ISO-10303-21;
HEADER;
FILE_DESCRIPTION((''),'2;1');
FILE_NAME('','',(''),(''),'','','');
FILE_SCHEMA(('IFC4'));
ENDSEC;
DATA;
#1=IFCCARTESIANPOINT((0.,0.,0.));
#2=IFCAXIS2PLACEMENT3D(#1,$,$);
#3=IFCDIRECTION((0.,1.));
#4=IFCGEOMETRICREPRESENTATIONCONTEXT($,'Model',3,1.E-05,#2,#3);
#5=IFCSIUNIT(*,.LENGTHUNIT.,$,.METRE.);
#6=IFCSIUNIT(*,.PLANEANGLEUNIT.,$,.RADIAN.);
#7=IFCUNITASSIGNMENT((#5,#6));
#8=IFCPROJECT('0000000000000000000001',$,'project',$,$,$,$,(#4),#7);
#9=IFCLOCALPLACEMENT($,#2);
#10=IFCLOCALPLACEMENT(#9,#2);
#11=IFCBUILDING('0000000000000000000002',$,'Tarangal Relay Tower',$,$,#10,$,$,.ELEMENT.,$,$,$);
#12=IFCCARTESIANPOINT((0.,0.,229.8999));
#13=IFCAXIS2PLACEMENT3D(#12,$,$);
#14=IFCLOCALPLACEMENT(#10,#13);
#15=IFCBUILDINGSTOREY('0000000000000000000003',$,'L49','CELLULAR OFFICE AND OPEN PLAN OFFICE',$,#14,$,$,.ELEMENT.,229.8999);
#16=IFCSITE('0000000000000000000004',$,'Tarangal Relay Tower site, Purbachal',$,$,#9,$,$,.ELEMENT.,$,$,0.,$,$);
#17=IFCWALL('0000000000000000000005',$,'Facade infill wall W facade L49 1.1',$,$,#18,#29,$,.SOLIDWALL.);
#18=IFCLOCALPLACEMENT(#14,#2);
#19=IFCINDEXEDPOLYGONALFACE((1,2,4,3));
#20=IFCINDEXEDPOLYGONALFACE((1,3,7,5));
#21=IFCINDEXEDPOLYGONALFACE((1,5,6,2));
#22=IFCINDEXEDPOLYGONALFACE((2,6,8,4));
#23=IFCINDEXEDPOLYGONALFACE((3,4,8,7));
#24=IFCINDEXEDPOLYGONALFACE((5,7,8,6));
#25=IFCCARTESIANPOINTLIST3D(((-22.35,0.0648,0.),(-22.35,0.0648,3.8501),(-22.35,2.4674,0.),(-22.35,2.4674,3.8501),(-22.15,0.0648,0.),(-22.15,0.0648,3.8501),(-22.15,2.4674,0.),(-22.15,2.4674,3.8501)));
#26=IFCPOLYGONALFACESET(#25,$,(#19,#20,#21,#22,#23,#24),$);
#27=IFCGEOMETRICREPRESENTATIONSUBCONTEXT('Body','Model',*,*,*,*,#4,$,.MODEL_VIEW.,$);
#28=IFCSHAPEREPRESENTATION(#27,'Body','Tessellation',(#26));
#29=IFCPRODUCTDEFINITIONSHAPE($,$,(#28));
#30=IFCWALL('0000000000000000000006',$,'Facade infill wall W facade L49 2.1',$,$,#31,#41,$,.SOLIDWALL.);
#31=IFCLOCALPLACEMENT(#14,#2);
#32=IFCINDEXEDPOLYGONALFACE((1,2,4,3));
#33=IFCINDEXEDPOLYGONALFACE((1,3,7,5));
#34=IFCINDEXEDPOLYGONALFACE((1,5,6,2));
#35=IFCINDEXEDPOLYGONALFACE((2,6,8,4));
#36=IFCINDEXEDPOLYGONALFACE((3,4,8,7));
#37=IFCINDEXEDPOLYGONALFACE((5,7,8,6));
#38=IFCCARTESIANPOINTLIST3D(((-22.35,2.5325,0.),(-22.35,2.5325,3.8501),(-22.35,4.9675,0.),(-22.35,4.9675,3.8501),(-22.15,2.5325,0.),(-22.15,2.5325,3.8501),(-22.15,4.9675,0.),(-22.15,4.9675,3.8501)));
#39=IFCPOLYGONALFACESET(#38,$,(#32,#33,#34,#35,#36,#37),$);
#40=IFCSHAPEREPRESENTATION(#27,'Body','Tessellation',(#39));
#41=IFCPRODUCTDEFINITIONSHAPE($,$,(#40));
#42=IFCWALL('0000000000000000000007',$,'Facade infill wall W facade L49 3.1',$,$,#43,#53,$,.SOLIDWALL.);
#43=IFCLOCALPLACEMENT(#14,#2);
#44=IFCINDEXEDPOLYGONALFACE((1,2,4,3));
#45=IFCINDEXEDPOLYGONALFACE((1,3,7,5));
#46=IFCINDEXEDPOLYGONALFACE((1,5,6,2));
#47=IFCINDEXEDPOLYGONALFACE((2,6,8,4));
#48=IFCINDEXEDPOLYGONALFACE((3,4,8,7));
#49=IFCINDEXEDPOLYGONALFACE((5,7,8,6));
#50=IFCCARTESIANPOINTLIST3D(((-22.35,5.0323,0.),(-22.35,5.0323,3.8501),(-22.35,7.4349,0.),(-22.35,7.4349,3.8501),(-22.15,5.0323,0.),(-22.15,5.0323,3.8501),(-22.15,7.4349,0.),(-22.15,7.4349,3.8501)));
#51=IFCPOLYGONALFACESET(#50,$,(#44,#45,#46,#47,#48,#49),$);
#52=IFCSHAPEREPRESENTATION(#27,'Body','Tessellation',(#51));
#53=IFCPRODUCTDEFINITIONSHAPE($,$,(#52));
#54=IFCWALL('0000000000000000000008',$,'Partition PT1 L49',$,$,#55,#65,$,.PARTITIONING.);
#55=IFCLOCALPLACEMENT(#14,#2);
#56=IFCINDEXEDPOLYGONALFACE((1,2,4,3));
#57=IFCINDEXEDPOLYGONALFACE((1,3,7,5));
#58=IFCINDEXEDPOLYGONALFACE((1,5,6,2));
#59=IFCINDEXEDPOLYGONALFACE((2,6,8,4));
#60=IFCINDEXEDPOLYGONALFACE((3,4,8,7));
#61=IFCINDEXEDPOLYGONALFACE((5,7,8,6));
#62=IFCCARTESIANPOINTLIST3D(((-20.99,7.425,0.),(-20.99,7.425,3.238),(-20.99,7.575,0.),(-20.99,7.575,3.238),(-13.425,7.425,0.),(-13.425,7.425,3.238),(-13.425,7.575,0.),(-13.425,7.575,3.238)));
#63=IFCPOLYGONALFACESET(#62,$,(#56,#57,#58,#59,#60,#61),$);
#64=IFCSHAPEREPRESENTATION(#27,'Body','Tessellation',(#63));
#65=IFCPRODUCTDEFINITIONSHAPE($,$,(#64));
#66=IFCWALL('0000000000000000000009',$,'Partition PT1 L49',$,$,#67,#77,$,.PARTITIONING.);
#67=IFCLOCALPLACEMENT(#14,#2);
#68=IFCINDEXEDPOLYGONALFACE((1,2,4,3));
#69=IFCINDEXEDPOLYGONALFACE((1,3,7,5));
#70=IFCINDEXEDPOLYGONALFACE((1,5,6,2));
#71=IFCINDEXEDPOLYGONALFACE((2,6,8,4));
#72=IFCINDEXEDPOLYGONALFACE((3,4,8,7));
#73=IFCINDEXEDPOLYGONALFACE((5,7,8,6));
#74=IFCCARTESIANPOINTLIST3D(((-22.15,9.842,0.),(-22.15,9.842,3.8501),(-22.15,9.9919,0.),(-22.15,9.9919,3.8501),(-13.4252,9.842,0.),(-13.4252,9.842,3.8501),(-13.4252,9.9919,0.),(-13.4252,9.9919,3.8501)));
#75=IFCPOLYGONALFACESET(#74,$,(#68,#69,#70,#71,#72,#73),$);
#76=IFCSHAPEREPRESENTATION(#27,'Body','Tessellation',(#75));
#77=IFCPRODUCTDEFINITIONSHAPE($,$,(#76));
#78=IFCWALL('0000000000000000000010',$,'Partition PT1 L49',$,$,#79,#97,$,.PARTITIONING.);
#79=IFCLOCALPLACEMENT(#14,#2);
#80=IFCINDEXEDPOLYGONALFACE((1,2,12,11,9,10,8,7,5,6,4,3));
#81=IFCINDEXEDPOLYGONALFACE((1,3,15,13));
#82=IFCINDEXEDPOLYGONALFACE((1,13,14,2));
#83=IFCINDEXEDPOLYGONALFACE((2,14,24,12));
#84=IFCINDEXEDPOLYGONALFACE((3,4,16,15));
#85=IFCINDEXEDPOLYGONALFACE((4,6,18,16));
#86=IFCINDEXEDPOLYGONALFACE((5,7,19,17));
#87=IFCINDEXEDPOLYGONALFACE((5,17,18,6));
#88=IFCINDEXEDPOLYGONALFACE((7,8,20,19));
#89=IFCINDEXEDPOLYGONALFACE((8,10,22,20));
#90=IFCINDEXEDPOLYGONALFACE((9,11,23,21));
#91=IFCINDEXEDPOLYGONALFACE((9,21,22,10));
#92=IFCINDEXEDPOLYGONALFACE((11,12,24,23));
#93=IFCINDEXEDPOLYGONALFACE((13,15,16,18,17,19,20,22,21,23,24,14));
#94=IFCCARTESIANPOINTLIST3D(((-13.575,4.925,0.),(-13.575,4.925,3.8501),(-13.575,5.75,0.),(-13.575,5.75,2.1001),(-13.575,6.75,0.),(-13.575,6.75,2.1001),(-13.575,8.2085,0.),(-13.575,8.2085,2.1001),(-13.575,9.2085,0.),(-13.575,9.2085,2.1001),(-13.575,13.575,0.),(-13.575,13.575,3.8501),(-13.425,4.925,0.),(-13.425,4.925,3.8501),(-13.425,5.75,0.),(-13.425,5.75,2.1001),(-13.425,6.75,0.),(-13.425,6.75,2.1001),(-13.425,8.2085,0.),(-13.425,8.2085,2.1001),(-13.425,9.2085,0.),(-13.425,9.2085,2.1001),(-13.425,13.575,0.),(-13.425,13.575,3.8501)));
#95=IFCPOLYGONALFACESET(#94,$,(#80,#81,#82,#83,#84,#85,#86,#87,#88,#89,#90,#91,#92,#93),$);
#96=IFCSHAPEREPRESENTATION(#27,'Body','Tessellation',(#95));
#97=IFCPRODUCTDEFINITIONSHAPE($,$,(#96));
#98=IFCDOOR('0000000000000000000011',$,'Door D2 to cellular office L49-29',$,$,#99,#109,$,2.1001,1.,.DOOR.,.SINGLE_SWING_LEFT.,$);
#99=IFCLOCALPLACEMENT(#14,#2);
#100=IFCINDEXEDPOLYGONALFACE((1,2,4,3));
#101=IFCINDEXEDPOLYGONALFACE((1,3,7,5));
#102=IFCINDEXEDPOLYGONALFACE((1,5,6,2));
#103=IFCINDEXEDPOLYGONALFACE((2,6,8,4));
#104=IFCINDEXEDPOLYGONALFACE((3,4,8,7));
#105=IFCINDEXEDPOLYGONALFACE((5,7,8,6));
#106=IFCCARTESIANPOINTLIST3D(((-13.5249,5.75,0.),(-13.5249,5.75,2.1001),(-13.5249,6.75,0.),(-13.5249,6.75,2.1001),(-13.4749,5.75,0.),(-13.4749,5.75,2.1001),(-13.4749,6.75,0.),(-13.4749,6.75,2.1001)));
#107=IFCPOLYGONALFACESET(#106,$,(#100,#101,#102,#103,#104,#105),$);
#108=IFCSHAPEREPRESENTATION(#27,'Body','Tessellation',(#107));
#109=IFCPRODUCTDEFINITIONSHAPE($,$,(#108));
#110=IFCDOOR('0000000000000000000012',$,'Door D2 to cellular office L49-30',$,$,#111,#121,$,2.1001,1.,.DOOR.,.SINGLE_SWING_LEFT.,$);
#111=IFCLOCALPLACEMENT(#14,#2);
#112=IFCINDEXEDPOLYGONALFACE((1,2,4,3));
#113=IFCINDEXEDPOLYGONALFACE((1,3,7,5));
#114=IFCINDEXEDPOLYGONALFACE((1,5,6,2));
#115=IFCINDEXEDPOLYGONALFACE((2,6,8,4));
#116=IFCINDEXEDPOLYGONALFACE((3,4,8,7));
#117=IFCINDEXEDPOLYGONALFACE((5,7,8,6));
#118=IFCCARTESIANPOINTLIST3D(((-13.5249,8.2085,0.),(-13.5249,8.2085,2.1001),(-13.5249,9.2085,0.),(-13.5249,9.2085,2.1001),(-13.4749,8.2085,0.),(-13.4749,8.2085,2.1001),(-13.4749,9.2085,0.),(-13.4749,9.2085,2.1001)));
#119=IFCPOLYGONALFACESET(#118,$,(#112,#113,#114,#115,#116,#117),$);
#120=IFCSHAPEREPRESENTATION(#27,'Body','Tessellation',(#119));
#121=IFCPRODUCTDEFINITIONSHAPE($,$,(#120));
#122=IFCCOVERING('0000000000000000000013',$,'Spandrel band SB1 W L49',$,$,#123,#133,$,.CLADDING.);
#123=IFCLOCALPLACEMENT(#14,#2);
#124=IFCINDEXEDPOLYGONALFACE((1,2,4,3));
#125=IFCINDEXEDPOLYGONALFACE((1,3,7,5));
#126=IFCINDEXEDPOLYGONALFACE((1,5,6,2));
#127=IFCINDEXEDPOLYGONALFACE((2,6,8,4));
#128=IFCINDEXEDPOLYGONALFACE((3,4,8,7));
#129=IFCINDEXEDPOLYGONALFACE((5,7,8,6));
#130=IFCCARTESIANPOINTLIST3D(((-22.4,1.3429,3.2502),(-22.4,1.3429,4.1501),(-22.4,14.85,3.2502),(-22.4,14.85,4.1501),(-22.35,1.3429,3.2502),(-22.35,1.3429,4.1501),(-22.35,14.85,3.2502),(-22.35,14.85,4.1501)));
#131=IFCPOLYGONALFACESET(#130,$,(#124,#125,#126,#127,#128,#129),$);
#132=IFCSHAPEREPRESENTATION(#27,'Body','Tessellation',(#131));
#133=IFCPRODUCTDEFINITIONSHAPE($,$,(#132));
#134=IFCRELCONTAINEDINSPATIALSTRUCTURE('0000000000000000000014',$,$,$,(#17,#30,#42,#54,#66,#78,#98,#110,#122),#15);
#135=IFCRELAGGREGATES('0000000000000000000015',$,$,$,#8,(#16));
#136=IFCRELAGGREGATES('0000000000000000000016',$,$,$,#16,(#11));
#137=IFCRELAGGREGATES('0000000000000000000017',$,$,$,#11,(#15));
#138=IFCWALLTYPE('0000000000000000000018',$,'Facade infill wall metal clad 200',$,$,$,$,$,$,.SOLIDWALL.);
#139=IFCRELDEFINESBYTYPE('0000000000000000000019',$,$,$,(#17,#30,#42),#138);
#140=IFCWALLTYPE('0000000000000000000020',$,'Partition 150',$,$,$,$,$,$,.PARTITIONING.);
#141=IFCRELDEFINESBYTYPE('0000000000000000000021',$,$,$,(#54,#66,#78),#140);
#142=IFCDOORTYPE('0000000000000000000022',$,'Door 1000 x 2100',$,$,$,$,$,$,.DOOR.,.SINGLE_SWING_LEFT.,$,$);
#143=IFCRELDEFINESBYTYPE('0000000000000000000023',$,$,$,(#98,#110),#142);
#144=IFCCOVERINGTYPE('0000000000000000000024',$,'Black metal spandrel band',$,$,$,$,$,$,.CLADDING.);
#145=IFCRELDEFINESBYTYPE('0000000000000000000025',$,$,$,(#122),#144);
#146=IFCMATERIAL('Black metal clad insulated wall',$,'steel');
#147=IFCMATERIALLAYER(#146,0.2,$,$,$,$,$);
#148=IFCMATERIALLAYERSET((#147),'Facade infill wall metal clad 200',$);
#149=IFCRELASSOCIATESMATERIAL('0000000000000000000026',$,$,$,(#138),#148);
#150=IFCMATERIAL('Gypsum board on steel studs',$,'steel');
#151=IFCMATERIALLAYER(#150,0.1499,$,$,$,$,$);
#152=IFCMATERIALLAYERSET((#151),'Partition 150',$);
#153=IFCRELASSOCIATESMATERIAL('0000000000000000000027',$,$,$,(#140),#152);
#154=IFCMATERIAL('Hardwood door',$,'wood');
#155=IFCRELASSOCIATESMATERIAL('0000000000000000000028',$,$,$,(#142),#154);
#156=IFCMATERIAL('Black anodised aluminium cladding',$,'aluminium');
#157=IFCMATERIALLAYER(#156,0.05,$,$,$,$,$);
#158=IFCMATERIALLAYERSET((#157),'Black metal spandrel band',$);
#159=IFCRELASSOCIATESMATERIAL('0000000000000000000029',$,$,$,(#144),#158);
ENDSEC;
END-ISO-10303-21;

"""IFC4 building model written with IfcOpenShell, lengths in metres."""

from ifc_helpers import new_model, si_unit, direction, frame, frame_2d, origin, origin_2d, place, context, subcontext, project, spatial, rectangle, extrude, material, layer, layer_set, type_object, element, fill, save


model = new_model("IFC4")

# Units and contexts
model_context = context("Model", 3, precision=1e-05, world=origin(), true_north=direction((0.0, 1.0)))
body_context = subcontext(model_context, "Body", "Model", "MODEL_VIEW")
ifc_project = project(units=[si_unit("LENGTHUNIT", "METRE"), si_unit("PLANEANGLEUNIT", "RADIAN")], contexts=[model_context])

# Site, building, storey
site_placement = place(None, origin())
site = spatial("IfcSite", under=ifc_project, at=site_placement, Name="Tarangal Relay Tower site, Purbachal", CompositionType="ELEMENT", RefElevation=0.0)
building_placement = place(site_placement, origin())
building = spatial("IfcBuilding", under=site, at=building_placement, Name="Tarangal Relay Tower", CompositionType="ELEMENT")
storey_placement = place(building_placement, frame((0.0, 0.0, 229.8999)))
storey = spatial("IfcBuildingStorey", under=building, at=storey_placement, Name="L49", Description="CELLULAR OFFICE AND OPEN PLAN OFFICE", CompositionType="ELEMENT", Elevation=229.8999)

# Walls
ifc_material_1 = material(Name="Black metal clad insulated wall", Category="steel")
ifc_layer_1 = layer(ifc_material_1, 0.2)
ifc_layer_set_1 = layer_set([ifc_layer_1], Name="Facade infill wall metal clad 200")
wall_type_1 = type_object("IfcWallType", Name="Facade infill wall metal clad 200", PredefinedType="SOLIDWALL", material=ifc_layer_set_1)
wall_1_placement = place(storey_placement, frame((-22.25, 0.0649, 0.0), z_axis=(0.0, 0.0, 1.0), x_axis=(0.0, 1.0, 0.0)))
element("IfcWall", 1, at=wall_1_placement, inside=storey, type_object=wall_type_1, Name="Facade infill wall W facade L49 1.1", PredefinedType="SOLIDWALL", context=body_context, shape_type="SweptSolid", body=[
    extrude(rectangle(XDim=2.4026, YDim=0.2, at=frame_2d((1.2012, 0.0))), origin(), (0.0, 0.0, 1.0), 3.8501),
])
wall_2_placement = place(storey_placement, frame((-22.25, 2.5325, 0.0), z_axis=(0.0, 0.0, 1.0), x_axis=(0.0, 1.0, 0.0)))
element("IfcWall", 2, at=wall_2_placement, inside=storey, type_object=wall_type_1, Name="Facade infill wall W facade L49 2.1", PredefinedType="SOLIDWALL", context=body_context, shape_type="SweptSolid", body=[
    extrude(rectangle(XDim=2.4351, YDim=0.2, at=frame_2d((1.2175, 0.0))), origin(), (0.0, 0.0, 1.0), 3.8501),
])
wall_3_placement = place(storey_placement, frame((-22.25, 5.0325, 0.0), z_axis=(0.0, 0.0, 1.0), x_axis=(0.0, 1.0, 0.0)))
element("IfcWall", 3, at=wall_3_placement, inside=storey, type_object=wall_type_1, Name="Facade infill wall W facade L49 3.1", PredefinedType="SOLIDWALL", context=body_context, shape_type="SweptSolid", body=[
    extrude(rectangle(XDim=2.4026, YDim=0.2, at=frame_2d((1.2012, 0.0))), origin(), (0.0, 0.0, 1.0), 3.8501),
])
ifc_material_2 = material(Name="Gypsum board on steel studs", Category="steel")
ifc_layer_2 = layer(ifc_material_2, 0.1499)
ifc_layer_set_2 = layer_set([ifc_layer_2], Name="Partition 150")
wall_type_2 = type_object("IfcWallType", Name="Partition 150", PredefinedType="PARTITIONING", material=ifc_layer_set_2)
wall_4_placement = place(storey_placement, frame((-20.99, 7.5, 0.0), z_axis=(0.0, 0.0, 1.0), x_axis=(1.0, 0.0, 0.0)))
element("IfcWall", 4, at=wall_4_placement, inside=storey, type_object=wall_type_2, Name="Partition PT1 L49", PredefinedType="PARTITIONING", context=body_context, shape_type="SweptSolid", body=[
    extrude(rectangle(XDim=7.5649, YDim=0.1499, at=frame_2d((3.7825, 0.0))), origin(), (0.0, 0.0, 1.0), 3.238),
])
wall_5_placement = place(storey_placement, frame((-22.1499, 9.917, 0.0), z_axis=(0.0, 0.0, 1.0), x_axis=(1.0, 0.0, 0.0)))
element("IfcWall", 5, at=wall_5_placement, inside=storey, type_object=wall_type_2, Name="Partition PT1 L49", PredefinedType="PARTITIONING", context=body_context, shape_type="SweptSolid", body=[
    extrude(rectangle(XDim=8.7249, YDim=0.1499, at=frame_2d((4.3623, 0.0))), origin(), (0.0, 0.0, 1.0), 3.8501),
])

# Wall, openings, doors
wall_6_placement = place(storey_placement, frame((-13.5, 4.925, 0.0), z_axis=(0.0, 0.0, 1.0), x_axis=(0.0, 1.0, 0.0)))
wall_6 = element("IfcWall", 6, at=wall_6_placement, inside=storey, type_object=wall_type_2, Name="Partition PT1 L49", PredefinedType="PARTITIONING", context=body_context, shape_type="SweptSolid", body=[
    extrude(rectangle(XDim=8.6499, YDim=0.1499, at=frame_2d((4.325, 0.0))), origin(), (0.0, 0.0, 1.0), 3.8501),
])
opening_1_placement = place(wall_6_placement, frame((0.825, 0.0, 0.0)))
opening_1 = element("IfcOpeningElement", 7, at=opening_1_placement, cuts=wall_6, PredefinedType="OPENING", context=body_context, shape_type="SweptSolid", body=[
    extrude(rectangle(XDim=1.0, YDim=2.1001, at=frame_2d((0.5, 1.05))), frame((0.0, 0.085, 0.0), z_axis=(0.0, -1.0, 0.0), x_axis=(1.0, 0.0, 0.0)), (0.0, 0.0, 1.0), 0.1699),
])
opening_2_placement = place(wall_6_placement, frame((3.2834, 0.0, 0.0)))
opening_2 = element("IfcOpeningElement", 8, at=opening_2_placement, cuts=wall_6, PredefinedType="OPENING", context=body_context, shape_type="SweptSolid", body=[
    extrude(rectangle(XDim=1.0, YDim=2.1001, at=frame_2d((0.5, 1.05))), frame((0.0, 0.085, 0.0), z_axis=(0.0, -1.0, 0.0), x_axis=(1.0, 0.0, 0.0)), (0.0, 0.0, 1.0), 0.1699),
])
ifc_material_3 = material(Name="Hardwood door", Category="wood")
door_type_1 = type_object("IfcDoorType", Name="Door 1000 x 2100", OperationType="SINGLE_SWING_LEFT", PredefinedType="DOOR", material=ifc_material_3)
door_1_placement = place(opening_1_placement, origin())
door_1 = element("IfcDoor", 9, at=door_1_placement, inside=storey, type_object=door_type_1, Name="Door D2 to cellular office L49-29", OperationType="SINGLE_SWING_LEFT", OverallHeight=2.1001, OverallWidth=1.0, PredefinedType="DOOR", context=body_context, shape_type="SweptSolid", body=[
    extrude(rectangle(XDim=1.0, YDim=2.1001, at=frame_2d((0.5, 1.05))), frame((0.0, 0.0249, 0.0), z_axis=(0.0, -1.0, 0.0), x_axis=(1.0, 0.0, 0.0)), (0.0, 0.0, 1.0), 0.05),
])
fill(opening_1, door_1)
door_2_placement = place(opening_2_placement, origin())
door_2 = element("IfcDoor", 10, at=door_2_placement, inside=storey, type_object=door_type_1, Name="Door D2 to cellular office L49-30", OperationType="SINGLE_SWING_LEFT", OverallHeight=2.1001, OverallWidth=1.0, PredefinedType="DOOR", context=body_context, shape_type="SweptSolid", body=[
    extrude(rectangle(XDim=1.0, YDim=2.1001, at=frame_2d((0.5, 1.05))), frame((0.0, 0.0249, 0.0), z_axis=(0.0, -1.0, 0.0), x_axis=(1.0, 0.0, 0.0)), (0.0, 0.0, 1.0), 0.05),
])
fill(opening_2, door_2)

# Covering
ifc_material_4 = material(Name="Black anodised aluminium cladding", Category="aluminium")
ifc_layer_3 = layer(ifc_material_4, 0.05)
ifc_layer_set_3 = layer_set([ifc_layer_3], Name="Black metal spandrel band")
covering_type = type_object("IfcCoveringType", Name="Black metal spandrel band", PredefinedType="CLADDING", material=ifc_layer_set_3)
covering_placement = place(storey_placement, frame((-22.375, 8.0964, 3.2502), z_axis=(0.0, 0.0, 1.0), x_axis=(0.0, 1.0, 0.0)))
element("IfcCovering", 11, at=covering_placement, inside=storey, type_object=covering_type, Name="Spandrel band SB1 W L49", PredefinedType="CLADDING", context=body_context, shape_type="SweptSolid", body=[
    extrude(rectangle(XDim=13.5071, YDim=0.05, at=origin_2d()), origin(), (0.0, 0.0, 1.0), 0.8999),
])

save(model, "model.ifc")
